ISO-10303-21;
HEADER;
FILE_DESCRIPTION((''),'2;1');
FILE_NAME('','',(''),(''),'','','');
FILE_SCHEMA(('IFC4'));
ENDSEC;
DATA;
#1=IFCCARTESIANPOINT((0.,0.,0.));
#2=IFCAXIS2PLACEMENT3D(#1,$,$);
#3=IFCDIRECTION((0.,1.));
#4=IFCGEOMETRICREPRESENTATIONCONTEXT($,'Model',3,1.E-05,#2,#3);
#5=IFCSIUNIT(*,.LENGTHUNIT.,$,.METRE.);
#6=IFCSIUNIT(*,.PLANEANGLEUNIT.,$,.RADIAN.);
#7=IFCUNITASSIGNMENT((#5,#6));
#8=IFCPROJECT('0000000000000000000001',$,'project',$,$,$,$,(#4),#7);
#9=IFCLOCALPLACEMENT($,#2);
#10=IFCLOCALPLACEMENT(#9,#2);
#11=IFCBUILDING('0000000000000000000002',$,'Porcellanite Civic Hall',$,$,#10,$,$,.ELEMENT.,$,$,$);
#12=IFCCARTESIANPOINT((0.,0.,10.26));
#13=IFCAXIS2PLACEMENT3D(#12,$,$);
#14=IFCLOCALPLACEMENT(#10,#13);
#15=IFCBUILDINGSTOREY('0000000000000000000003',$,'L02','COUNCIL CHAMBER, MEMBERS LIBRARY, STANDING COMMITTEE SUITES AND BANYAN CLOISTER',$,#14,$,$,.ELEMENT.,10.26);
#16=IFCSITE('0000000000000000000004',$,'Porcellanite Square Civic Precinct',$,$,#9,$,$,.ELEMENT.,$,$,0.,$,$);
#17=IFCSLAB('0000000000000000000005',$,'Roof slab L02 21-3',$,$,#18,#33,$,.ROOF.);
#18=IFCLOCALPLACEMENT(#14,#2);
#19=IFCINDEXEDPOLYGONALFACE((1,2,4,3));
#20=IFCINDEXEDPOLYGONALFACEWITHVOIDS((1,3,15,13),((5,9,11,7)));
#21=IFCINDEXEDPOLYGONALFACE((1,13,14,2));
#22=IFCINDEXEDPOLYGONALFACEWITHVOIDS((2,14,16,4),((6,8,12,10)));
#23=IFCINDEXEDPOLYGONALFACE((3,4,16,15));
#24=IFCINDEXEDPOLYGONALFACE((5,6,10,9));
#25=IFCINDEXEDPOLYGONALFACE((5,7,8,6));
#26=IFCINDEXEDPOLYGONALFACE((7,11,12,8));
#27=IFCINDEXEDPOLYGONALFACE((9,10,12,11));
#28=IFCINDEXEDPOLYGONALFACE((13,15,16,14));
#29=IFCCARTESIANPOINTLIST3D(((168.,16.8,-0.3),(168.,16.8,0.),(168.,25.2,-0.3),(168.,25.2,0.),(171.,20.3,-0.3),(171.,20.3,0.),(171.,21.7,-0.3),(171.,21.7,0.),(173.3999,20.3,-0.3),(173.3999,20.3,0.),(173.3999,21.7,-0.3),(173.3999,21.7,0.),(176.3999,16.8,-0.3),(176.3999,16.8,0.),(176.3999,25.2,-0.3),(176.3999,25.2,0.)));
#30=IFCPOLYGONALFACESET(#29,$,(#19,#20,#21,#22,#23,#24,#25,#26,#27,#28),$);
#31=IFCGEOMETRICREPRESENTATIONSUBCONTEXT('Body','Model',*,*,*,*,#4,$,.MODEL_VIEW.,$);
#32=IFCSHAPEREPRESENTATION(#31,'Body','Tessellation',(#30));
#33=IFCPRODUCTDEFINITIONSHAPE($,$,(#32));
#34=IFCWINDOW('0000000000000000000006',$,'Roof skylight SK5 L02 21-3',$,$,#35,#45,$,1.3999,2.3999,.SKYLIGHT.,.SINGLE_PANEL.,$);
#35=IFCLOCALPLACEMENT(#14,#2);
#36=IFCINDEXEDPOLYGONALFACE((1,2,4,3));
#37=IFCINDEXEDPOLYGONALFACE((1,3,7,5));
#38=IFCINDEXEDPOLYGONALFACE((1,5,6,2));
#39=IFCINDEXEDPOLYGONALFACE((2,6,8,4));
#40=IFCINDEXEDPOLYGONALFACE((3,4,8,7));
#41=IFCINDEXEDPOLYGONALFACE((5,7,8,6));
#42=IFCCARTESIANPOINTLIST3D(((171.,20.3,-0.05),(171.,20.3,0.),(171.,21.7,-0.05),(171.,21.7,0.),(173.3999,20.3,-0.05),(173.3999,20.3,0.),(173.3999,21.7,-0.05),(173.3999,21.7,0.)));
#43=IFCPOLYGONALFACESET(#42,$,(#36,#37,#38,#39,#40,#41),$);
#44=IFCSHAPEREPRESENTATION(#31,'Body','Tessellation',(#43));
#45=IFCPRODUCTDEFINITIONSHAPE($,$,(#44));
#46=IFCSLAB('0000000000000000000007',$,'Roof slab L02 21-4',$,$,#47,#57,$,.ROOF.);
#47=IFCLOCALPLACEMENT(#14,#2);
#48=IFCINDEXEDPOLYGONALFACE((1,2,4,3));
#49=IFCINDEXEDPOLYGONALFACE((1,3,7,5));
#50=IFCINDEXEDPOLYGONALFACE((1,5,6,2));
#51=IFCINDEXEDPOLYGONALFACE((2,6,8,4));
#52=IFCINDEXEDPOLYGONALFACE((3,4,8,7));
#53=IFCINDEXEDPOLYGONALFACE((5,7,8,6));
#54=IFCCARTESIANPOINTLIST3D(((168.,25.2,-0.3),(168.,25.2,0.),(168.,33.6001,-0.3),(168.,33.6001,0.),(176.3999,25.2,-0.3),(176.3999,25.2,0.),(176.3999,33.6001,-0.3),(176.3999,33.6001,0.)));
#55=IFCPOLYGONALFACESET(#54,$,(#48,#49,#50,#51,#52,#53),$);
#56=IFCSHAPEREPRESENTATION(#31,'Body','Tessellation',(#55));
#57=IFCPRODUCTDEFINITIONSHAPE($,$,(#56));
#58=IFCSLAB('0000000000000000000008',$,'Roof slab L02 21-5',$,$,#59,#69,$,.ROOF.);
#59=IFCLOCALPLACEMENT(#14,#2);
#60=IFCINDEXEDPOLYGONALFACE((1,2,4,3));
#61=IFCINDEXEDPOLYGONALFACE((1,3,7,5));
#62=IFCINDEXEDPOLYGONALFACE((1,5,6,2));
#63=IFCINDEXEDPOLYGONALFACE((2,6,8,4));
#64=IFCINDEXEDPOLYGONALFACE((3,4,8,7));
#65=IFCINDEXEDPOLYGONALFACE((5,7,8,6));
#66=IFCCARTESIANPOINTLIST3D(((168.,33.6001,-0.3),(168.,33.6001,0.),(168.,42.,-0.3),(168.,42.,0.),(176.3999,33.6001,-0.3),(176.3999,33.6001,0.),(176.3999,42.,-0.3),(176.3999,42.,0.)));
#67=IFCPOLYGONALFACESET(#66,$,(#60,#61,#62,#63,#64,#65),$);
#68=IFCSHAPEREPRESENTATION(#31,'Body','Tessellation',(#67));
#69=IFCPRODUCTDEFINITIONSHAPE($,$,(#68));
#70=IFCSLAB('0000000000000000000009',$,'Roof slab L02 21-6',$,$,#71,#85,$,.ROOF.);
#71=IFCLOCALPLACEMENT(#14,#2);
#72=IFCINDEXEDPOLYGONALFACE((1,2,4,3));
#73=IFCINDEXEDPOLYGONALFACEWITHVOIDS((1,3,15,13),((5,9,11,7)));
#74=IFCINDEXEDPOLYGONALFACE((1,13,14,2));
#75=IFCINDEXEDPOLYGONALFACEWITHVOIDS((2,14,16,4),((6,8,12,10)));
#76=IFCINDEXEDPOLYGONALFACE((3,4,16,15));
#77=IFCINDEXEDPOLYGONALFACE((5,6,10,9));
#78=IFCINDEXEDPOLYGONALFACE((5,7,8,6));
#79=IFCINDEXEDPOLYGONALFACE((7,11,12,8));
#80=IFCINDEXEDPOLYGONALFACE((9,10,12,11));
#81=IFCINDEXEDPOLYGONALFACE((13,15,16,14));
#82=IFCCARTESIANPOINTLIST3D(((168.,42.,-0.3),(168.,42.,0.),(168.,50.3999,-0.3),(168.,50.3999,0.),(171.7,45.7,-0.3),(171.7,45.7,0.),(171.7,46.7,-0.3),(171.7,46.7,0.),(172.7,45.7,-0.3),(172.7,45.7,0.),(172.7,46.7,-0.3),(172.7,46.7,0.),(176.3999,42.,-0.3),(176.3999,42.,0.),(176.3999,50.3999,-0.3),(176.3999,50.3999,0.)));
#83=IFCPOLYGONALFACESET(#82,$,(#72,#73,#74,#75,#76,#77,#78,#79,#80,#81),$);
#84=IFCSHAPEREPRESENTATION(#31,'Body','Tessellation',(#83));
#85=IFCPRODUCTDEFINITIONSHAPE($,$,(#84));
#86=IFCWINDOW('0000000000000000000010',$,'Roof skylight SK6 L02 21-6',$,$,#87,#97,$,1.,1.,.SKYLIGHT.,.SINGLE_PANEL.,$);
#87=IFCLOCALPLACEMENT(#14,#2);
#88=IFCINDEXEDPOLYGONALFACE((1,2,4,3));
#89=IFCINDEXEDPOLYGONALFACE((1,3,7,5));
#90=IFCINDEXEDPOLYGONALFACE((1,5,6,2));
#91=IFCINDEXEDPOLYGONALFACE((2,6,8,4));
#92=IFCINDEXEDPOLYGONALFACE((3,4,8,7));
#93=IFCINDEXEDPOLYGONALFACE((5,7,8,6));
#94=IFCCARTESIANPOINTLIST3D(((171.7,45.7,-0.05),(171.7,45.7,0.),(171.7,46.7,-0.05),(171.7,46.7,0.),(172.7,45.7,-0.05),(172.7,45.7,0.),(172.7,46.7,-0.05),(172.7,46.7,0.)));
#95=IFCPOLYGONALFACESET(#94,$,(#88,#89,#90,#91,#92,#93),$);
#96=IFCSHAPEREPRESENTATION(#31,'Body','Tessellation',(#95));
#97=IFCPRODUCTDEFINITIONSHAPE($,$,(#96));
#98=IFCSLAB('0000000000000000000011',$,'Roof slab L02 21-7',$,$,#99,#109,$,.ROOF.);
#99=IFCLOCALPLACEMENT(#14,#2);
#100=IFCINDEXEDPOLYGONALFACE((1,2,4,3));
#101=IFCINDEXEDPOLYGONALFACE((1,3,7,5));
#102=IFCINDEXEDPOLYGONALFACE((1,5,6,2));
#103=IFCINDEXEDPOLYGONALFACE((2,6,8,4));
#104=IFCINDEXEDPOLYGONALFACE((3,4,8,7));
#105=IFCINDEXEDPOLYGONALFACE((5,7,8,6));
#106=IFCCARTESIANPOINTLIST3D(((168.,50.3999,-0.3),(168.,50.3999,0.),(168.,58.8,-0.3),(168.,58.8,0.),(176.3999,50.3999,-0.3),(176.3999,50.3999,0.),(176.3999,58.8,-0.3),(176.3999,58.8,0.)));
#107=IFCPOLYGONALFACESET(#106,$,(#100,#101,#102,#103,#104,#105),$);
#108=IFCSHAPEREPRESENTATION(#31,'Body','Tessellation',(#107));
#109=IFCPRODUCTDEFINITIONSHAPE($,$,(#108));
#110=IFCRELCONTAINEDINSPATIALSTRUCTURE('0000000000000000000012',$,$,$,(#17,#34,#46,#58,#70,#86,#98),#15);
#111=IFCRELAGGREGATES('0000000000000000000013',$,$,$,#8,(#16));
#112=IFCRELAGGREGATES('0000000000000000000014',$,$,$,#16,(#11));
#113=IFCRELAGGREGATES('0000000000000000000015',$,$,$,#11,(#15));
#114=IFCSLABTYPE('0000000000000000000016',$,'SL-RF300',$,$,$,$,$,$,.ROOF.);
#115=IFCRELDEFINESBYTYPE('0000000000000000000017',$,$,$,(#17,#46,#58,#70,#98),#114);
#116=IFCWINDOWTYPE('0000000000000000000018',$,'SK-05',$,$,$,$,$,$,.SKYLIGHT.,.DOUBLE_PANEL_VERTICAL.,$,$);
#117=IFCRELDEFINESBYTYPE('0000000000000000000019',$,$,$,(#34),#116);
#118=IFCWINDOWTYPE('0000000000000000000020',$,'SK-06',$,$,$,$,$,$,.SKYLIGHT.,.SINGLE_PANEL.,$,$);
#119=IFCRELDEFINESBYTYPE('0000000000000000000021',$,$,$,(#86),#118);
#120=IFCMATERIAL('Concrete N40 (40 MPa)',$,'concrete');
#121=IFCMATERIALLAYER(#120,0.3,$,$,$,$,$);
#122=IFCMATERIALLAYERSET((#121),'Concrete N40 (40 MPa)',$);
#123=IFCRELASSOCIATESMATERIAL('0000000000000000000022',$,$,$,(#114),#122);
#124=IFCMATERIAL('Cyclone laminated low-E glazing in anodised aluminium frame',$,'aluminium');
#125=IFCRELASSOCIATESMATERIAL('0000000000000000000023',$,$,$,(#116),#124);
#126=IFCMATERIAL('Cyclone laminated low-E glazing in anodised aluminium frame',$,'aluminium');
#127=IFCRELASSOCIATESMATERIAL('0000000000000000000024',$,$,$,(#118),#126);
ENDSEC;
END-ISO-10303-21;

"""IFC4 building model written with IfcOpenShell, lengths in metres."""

from ifc_helpers import new_model, si_unit, direction, frame, origin, origin_2d, place, context, subcontext, project, spatial, polyline, rectangle, outline, extrude, material, layer, layer_set, type_object, element, fill, save


model = new_model("IFC4")

# Units and contexts
model_context = context("Model", 3, precision=1e-05, world=origin(), true_north=direction((0.0, 1.0)))
body_context = subcontext(model_context, "Body", "Model", "MODEL_VIEW")
ifc_project = project(units=[si_unit("LENGTHUNIT", "METRE"), si_unit("PLANEANGLEUNIT", "RADIAN")], contexts=[model_context])

# Site, building, storey
site_placement = place(None, origin())
site = spatial("IfcSite", under=ifc_project, at=site_placement, Name="Porcellanite Square Civic Precinct", CompositionType="ELEMENT", RefElevation=0.0)
building_placement = place(site_placement, origin())
building = spatial("IfcBuilding", under=site, at=building_placement, Name="Porcellanite Civic Hall", CompositionType="ELEMENT")
storey_placement = place(building_placement, frame((0.0, 0.0, 10.26)))
storey = spatial("IfcBuildingStorey", under=building, at=storey_placement, Name="L02", Description="COUNCIL CHAMBER, MEMBERS LIBRARY, STANDING COMMITTEE SUITES AND BANYAN CLOISTER", CompositionType="ELEMENT", Elevation=10.26)

# Shared definitions
ifc_material_1 = material(Name="Concrete N40 (40 MPa)", Category="concrete")
ifc_layer = layer(ifc_material_1, 0.3)
ifc_layer_set = layer_set([ifc_layer], Name="Concrete N40 (40 MPa)")
slab_type = type_object("IfcSlabType", Name="SL-RF300", PredefinedType="ROOF", material=ifc_layer_set)

# Slab, opening, window
slab_1_placement = place(storey_placement, frame((0.0, 0.0, -0.3)))
slab_1 = element("IfcSlab", 1, at=slab_1_placement, inside=storey, type_object=slab_type, Name="Roof slab L02 21-3", PredefinedType="ROOF", context=body_context, shape_type="SweptSolid", body=[
    extrude(outline(polyline([(168.0, 16.8), (176.3999, 16.8), (176.3999, 25.2), (168.0, 25.2), (168.0, 16.8)])), origin(), (0.0, 0.0, 1.0), 0.3),
])
opening_1_placement = place(slab_1_placement, frame((172.2, 21.0, 0.0)))
opening_1 = element("IfcOpeningElement", 2, at=opening_1_placement, cuts=slab_1, PredefinedType="OPENING", context=body_context, shape_type="SweptSolid", body=[
    extrude(rectangle(XDim=2.3999, YDim=1.3999, at=origin_2d()), origin(), (0.0, 0.0, 1.0), 0.3),
])
ifc_material_2 = material(Name="Cyclone laminated low-E glazing in anodised aluminium frame", Category="aluminium")
window_type_1 = type_object("IfcWindowType", Name="SK-05", PartitioningType="DOUBLE_PANEL_VERTICAL", PredefinedType="SKYLIGHT", material=ifc_material_2)
window_1_placement = place(opening_1_placement, frame((0.0, 0.0, 0.25)))
window_1 = element("IfcWindow", 3, at=window_1_placement, inside=storey, type_object=window_type_1, Name="Roof skylight SK5 L02 21-3", OverallHeight=1.3999, OverallWidth=2.3999, PartitioningType="SINGLE_PANEL", PredefinedType="SKYLIGHT", context=body_context, shape_type="SweptSolid", body=[
    extrude(rectangle(XDim=2.3999, YDim=1.3999, at=origin_2d()), origin(), (0.0, 0.0, 1.0), 0.05),
])
fill(opening_1, window_1)

# Slabs
slab_2_placement = place(storey_placement, frame((0.0, 0.0, -0.3)))
element("IfcSlab", 4, at=slab_2_placement, inside=storey, type_object=slab_type, Name="Roof slab L02 21-4", PredefinedType="ROOF", context=body_context, shape_type="SweptSolid", body=[
    extrude(outline(polyline([(168.0, 25.2), (176.3999, 25.2), (176.3999, 33.6001), (168.0, 33.6001), (168.0, 25.2)])), origin(), (0.0, 0.0, 1.0), 0.3),
])
slab_3_placement = place(storey_placement, frame((0.0, 0.0, -0.3)))
element("IfcSlab", 5, at=slab_3_placement, inside=storey, type_object=slab_type, Name="Roof slab L02 21-5", PredefinedType="ROOF", context=body_context, shape_type="SweptSolid", body=[
    extrude(outline(polyline([(168.0, 33.6001), (176.3999, 33.6001), (176.3999, 42.0), (168.0, 42.0), (168.0, 33.6001)])), origin(), (0.0, 0.0, 1.0), 0.3),
])

# Slab, opening, window
slab_4_placement = place(storey_placement, frame((0.0, 0.0, -0.3)))
slab_4 = element("IfcSlab", 6, at=slab_4_placement, inside=storey, type_object=slab_type, Name="Roof slab L02 21-6", PredefinedType="ROOF", context=body_context, shape_type="SweptSolid", body=[
    extrude(outline(polyline([(168.0, 42.0), (176.3999, 42.0), (176.3999, 50.3999), (168.0, 50.3999), (168.0, 42.0)])), origin(), (0.0, 0.0, 1.0), 0.3),
])
opening_2_placement = place(slab_4_placement, frame((172.2, 46.2, 0.0)))
opening_2 = element("IfcOpeningElement", 7, at=opening_2_placement, cuts=slab_4, PredefinedType="OPENING", context=body_context, shape_type="SweptSolid", body=[
    extrude(rectangle(XDim=1.0, YDim=1.0, at=origin_2d()), origin(), (0.0, 0.0, 1.0), 0.3),
])
ifc_material_3 = material(Name="Cyclone laminated low-E glazing in anodised aluminium frame", Category="aluminium")
window_type_2 = type_object("IfcWindowType", Name="SK-06", PartitioningType="SINGLE_PANEL", PredefinedType="SKYLIGHT", material=ifc_material_3)
window_2_placement = place(opening_2_placement, frame((0.0, 0.0, 0.25)))
window_2 = element("IfcWindow", 8, at=window_2_placement, inside=storey, type_object=window_type_2, Name="Roof skylight SK6 L02 21-6", OverallHeight=1.0, OverallWidth=1.0, PartitioningType="SINGLE_PANEL", PredefinedType="SKYLIGHT", context=body_context, shape_type="SweptSolid", body=[
    extrude(rectangle(XDim=1.0, YDim=1.0, at=origin_2d()), origin(), (0.0, 0.0, 1.0), 0.05),
])
fill(opening_2, window_2)

# Slab
slab_5_placement = place(storey_placement, frame((0.0, 0.0, -0.3)))
element("IfcSlab", 9, at=slab_5_placement, inside=storey, type_object=slab_type, Name="Roof slab L02 21-7", PredefinedType="ROOF", context=body_context, shape_type="SweptSolid", body=[
    extrude(outline(polyline([(168.0, 50.3999), (176.3999, 50.3999), (176.3999, 58.8), (168.0, 58.8), (168.0, 50.3999)])), origin(), (0.0, 0.0, 1.0), 0.3),
])

save(model, "model.ifc")
